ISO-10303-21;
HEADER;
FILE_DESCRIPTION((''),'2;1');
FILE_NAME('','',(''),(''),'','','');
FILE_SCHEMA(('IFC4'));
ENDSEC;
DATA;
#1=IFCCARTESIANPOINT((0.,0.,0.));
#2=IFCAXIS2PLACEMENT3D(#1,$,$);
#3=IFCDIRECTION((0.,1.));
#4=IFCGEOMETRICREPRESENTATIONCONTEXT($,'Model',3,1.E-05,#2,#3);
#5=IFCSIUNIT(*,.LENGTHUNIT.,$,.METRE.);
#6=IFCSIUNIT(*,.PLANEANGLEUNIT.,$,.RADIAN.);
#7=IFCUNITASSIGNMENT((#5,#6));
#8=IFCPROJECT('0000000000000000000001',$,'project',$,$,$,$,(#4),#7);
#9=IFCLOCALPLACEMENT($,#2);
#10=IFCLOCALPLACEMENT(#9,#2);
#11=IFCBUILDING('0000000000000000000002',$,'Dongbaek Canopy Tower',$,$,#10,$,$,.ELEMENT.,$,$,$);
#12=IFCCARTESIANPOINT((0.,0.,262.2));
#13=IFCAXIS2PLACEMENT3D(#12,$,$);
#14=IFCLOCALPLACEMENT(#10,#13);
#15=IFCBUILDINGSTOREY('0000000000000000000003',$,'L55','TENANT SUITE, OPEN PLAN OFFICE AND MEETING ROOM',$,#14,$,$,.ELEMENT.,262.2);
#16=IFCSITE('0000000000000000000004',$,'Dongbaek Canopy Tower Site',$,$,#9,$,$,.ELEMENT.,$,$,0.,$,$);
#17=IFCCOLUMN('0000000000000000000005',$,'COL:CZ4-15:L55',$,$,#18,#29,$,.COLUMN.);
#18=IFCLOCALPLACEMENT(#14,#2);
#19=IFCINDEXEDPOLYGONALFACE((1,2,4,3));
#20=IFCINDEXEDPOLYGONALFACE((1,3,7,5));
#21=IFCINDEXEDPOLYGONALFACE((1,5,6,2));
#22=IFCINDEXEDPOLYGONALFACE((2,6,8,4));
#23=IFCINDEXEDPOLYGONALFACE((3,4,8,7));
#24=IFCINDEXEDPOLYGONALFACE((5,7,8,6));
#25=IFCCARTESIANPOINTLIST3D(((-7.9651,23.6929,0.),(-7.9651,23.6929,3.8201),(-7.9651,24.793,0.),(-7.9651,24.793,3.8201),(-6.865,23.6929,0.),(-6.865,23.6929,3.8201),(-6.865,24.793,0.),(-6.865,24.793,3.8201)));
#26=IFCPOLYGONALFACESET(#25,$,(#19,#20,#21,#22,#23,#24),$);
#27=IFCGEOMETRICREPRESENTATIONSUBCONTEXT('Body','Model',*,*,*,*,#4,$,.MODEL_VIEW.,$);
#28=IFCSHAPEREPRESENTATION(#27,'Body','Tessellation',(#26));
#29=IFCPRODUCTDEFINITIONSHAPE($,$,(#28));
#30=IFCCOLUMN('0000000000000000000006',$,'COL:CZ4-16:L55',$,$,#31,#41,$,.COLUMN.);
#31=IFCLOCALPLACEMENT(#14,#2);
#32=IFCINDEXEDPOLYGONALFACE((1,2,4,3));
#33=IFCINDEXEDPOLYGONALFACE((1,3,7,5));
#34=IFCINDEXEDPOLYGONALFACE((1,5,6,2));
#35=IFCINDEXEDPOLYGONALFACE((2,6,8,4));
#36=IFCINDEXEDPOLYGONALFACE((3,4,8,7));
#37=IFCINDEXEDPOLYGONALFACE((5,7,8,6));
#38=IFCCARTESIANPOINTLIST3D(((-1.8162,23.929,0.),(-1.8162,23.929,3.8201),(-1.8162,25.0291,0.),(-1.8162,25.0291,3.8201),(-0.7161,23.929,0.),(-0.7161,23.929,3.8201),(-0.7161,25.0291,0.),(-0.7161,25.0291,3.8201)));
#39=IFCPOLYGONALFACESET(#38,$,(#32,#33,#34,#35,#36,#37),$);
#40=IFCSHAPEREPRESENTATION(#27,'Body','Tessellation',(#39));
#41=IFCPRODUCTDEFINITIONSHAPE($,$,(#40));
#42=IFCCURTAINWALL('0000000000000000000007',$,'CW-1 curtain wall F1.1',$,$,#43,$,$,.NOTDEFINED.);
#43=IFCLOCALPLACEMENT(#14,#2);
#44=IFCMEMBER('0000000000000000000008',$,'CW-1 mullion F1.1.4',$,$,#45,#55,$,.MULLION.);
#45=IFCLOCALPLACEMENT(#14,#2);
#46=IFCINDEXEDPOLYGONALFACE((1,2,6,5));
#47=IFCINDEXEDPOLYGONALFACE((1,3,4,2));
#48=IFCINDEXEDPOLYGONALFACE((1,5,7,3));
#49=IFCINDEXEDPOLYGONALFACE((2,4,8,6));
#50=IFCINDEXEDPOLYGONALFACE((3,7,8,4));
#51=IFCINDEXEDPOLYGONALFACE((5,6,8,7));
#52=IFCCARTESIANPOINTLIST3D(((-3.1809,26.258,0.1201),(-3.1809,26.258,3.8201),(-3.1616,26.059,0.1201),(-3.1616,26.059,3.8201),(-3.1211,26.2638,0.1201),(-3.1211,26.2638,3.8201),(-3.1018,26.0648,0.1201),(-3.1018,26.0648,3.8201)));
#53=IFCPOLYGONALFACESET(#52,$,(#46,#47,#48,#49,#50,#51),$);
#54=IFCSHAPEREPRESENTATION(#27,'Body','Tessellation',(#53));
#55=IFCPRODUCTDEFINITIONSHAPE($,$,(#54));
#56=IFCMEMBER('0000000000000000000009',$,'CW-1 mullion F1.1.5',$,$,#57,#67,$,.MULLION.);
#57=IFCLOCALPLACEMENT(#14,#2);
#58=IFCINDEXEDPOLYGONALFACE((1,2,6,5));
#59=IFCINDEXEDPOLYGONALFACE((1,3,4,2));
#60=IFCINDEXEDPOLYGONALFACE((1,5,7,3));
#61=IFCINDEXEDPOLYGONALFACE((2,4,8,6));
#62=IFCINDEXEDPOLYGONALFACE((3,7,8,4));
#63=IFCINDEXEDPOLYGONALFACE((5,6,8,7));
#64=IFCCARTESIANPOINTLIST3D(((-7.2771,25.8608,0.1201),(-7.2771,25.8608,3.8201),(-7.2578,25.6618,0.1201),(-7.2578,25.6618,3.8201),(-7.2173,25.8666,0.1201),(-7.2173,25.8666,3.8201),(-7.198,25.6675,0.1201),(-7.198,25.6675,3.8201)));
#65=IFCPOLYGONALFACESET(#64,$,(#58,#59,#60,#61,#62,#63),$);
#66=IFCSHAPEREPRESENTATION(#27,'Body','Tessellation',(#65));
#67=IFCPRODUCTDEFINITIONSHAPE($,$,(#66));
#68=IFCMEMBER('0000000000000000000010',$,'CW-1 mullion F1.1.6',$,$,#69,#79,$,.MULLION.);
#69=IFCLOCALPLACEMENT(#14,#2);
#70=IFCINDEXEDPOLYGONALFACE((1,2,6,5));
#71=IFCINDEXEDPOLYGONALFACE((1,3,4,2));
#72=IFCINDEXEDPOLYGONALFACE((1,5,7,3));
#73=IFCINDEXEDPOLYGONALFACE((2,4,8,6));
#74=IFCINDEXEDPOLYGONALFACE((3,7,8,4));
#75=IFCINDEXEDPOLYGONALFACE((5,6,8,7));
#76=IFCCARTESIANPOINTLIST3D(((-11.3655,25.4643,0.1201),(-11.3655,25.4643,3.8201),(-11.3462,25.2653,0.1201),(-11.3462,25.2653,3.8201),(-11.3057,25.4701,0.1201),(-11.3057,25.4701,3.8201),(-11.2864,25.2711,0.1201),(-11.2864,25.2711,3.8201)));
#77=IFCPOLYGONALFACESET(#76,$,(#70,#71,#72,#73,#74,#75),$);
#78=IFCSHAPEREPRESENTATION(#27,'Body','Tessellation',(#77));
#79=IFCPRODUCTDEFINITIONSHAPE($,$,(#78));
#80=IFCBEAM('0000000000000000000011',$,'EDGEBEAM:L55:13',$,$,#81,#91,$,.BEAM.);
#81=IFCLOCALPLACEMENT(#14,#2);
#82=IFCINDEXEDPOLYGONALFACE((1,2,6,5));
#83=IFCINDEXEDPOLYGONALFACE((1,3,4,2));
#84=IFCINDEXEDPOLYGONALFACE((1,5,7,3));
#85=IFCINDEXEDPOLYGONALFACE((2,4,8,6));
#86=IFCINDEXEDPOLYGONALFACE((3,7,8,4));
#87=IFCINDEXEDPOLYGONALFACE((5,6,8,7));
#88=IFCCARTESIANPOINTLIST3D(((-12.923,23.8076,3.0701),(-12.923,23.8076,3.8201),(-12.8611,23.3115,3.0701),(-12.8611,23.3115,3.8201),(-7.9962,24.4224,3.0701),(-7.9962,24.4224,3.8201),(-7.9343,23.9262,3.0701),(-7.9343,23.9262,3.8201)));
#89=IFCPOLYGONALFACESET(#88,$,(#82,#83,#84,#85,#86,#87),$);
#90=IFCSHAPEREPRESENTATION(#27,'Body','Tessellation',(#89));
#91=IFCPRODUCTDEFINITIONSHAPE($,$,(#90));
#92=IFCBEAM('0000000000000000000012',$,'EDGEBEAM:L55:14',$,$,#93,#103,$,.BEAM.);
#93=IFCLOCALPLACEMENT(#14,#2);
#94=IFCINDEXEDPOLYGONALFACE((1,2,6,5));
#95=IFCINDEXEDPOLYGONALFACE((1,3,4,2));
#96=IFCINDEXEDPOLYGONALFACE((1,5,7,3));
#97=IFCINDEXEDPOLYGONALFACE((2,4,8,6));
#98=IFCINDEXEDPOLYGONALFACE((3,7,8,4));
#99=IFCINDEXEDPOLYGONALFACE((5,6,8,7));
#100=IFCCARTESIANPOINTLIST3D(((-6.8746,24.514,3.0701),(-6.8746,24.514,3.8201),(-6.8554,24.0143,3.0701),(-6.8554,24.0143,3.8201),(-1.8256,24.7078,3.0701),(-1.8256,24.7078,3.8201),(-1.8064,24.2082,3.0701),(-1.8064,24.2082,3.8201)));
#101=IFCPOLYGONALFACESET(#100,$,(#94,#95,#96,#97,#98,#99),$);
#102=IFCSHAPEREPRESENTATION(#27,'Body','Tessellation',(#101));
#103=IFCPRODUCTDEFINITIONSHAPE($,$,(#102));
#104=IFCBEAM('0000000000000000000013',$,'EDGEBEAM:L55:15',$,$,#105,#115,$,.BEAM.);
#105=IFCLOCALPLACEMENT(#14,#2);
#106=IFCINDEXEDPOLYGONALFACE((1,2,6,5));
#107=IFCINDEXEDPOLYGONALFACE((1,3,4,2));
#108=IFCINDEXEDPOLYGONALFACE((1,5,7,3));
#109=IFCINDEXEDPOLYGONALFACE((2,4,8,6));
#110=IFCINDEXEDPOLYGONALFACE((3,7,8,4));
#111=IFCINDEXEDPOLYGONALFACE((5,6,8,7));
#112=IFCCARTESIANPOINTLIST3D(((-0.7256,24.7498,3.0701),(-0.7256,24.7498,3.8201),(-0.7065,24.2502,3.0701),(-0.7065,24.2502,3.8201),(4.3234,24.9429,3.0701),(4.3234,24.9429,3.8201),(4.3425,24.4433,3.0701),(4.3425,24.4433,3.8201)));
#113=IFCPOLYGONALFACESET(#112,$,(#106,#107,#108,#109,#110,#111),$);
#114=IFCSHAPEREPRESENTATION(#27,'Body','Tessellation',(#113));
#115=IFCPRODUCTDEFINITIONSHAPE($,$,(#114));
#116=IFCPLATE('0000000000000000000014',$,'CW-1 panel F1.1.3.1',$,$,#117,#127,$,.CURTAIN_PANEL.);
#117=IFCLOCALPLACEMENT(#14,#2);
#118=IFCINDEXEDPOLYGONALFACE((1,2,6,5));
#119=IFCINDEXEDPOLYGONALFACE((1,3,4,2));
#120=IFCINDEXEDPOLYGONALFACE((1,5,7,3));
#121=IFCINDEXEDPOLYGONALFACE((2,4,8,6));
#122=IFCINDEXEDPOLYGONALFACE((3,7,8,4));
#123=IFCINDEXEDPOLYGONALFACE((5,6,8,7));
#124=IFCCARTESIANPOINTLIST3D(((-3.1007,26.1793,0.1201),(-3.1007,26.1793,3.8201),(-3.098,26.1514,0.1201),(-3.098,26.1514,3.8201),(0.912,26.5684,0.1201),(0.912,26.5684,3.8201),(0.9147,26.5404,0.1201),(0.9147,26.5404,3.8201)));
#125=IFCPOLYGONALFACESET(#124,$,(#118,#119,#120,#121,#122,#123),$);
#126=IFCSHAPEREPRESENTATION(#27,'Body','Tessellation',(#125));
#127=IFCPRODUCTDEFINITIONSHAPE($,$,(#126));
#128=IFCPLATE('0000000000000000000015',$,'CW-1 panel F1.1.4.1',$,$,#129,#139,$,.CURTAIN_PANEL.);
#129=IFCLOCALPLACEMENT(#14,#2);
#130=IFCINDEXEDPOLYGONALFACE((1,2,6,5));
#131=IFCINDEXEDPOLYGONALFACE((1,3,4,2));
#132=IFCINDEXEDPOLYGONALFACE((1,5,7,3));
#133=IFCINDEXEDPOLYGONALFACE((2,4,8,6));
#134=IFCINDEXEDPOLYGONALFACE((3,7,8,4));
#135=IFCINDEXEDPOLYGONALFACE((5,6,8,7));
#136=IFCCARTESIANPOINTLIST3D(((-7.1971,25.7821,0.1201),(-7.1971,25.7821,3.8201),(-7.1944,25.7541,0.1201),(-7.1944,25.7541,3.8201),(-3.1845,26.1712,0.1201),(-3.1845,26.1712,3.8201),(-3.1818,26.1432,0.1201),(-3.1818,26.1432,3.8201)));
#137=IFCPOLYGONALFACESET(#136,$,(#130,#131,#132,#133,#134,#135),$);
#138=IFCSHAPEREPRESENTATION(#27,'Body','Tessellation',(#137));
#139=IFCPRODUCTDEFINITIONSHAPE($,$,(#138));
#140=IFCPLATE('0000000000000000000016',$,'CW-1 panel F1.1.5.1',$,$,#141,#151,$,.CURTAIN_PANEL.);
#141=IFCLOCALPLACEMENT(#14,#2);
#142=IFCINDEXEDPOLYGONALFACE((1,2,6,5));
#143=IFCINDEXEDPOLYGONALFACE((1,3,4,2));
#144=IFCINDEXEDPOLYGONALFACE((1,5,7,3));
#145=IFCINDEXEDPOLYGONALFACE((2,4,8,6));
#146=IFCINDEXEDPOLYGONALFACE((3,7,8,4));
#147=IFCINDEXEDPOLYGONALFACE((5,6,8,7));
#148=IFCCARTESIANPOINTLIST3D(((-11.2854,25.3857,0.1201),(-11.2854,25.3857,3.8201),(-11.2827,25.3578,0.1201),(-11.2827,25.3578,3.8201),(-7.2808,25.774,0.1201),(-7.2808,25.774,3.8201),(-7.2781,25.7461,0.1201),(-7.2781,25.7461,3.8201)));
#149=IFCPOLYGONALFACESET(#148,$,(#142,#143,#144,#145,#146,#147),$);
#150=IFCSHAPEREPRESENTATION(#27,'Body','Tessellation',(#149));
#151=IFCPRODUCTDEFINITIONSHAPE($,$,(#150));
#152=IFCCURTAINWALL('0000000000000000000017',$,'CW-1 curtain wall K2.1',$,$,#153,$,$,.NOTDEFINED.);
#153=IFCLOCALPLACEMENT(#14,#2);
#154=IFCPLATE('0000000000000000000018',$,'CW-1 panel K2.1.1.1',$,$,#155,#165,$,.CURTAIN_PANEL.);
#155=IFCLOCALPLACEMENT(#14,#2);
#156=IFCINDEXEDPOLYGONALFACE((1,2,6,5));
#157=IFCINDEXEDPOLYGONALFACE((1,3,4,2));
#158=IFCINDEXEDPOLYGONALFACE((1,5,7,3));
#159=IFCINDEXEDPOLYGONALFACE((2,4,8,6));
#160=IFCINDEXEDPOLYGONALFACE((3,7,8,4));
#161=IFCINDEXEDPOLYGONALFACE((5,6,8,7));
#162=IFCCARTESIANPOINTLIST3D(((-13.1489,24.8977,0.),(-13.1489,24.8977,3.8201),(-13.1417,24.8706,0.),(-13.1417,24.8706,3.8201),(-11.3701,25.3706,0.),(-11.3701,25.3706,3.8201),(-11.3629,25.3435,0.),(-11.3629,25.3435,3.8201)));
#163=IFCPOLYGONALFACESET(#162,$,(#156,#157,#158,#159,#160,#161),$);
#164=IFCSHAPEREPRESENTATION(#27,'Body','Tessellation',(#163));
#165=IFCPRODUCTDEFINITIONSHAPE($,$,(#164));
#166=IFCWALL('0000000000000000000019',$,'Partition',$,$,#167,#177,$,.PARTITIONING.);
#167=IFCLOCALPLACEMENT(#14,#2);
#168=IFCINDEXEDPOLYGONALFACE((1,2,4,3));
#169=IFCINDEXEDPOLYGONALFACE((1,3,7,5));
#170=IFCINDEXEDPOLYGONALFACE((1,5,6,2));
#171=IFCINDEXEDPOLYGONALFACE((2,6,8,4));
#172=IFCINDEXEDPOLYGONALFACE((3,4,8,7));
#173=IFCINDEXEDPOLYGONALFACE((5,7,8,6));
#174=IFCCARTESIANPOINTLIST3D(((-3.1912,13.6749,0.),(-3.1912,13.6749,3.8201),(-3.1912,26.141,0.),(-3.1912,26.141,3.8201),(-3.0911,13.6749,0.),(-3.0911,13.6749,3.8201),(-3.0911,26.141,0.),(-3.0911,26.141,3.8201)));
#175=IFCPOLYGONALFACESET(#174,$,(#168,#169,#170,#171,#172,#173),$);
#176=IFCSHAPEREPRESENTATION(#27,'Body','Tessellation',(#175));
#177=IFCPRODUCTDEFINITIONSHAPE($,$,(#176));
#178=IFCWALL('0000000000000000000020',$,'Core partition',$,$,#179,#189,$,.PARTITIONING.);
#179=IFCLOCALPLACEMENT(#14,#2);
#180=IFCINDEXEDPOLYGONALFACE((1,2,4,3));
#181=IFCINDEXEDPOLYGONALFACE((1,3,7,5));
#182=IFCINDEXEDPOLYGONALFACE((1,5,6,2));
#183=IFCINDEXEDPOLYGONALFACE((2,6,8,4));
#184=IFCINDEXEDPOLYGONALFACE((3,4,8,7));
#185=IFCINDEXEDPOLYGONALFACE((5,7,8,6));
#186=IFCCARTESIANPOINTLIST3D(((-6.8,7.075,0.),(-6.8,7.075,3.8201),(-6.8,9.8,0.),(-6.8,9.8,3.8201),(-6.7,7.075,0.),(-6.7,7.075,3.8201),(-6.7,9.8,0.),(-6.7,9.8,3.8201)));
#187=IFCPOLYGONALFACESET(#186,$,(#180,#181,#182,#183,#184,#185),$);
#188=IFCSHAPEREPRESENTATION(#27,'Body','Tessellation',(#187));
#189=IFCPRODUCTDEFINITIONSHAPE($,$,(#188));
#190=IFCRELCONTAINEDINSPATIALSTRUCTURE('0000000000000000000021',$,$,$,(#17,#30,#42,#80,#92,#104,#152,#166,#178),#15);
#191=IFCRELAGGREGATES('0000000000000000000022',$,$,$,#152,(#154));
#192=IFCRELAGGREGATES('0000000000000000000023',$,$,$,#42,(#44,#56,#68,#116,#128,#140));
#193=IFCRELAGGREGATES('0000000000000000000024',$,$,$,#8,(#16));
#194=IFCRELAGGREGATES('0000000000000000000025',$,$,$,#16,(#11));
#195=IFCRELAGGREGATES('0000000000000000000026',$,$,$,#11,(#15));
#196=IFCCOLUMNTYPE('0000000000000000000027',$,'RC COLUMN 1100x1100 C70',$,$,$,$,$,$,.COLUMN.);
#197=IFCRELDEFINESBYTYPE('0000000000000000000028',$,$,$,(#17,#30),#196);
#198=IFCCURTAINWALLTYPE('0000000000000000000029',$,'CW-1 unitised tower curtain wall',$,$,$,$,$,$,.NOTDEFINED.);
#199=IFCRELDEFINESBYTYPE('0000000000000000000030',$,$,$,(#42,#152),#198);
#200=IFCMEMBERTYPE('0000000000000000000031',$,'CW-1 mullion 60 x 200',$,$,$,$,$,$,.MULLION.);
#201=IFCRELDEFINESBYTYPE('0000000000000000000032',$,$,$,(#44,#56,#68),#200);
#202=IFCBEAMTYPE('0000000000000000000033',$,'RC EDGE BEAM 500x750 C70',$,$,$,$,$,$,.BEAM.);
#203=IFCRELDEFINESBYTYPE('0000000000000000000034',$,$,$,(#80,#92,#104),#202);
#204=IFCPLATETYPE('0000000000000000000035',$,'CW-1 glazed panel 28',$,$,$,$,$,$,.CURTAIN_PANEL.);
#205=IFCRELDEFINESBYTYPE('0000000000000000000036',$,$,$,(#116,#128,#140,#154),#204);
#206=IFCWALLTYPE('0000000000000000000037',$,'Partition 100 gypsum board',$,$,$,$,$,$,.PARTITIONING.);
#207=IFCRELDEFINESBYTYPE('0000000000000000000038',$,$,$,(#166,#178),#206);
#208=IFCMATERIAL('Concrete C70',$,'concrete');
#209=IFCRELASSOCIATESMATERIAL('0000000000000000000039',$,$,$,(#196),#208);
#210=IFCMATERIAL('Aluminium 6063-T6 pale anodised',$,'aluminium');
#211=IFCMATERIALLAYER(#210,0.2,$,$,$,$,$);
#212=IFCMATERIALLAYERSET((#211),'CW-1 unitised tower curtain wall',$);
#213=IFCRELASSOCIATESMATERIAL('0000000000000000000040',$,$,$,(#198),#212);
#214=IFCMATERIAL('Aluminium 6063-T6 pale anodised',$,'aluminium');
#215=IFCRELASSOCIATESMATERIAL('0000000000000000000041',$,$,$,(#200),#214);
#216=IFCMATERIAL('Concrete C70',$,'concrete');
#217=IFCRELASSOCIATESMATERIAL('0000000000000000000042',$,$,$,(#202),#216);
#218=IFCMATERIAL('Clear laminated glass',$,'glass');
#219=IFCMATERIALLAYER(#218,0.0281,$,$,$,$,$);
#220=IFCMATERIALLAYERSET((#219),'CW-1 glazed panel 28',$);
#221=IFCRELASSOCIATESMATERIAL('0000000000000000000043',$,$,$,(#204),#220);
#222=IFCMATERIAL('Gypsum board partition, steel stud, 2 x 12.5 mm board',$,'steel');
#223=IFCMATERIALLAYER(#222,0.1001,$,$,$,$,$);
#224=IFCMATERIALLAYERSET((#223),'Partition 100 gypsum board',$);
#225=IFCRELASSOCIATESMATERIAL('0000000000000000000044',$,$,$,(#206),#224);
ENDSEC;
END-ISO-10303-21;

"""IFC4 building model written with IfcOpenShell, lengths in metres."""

from ifc_helpers import new_model, si_unit, direction, frame, frame_2d, origin, origin_2d, place, context, subcontext, project, spatial, rectangle, extrude, material, layer, layer_set, material_profile, profile_set, type_object, element, aggregate, save


model = new_model("IFC4")

# Units and contexts
model_context = context("Model", 3, precision=1e-05, world=origin(), true_north=direction((0.0, 1.0)))
body_context = subcontext(model_context, "Body", "Model", "MODEL_VIEW")
ifc_project = project(units=[si_unit("LENGTHUNIT", "METRE"), si_unit("PLANEANGLEUNIT", "RADIAN")], contexts=[model_context])

# Site, building, storey
site_placement = place(None, origin())
site = spatial("IfcSite", under=ifc_project, at=site_placement, Name="Dongbaek Canopy Tower Site", CompositionType="ELEMENT", RefElevation=0.0)
building_placement = place(site_placement, origin())
building = spatial("IfcBuilding", under=site, at=building_placement, Name="Dongbaek Canopy Tower", CompositionType="ELEMENT")
storey_placement = place(building_placement, frame((0.0, 0.0, 262.2)))
storey = spatial("IfcBuildingStorey", under=building, at=storey_placement, Name="L55", Description="TENANT SUITE, OPEN PLAN OFFICE AND MEETING ROOM", CompositionType="ELEMENT", Elevation=262.2)

# Columns
ifc_material_1 = material(Name="Concrete C70", Category="concrete")
ifc_material_profile_1 = material_profile(ifc_material_1, rectangle(XDim=1.1001, YDim=1.1001, at=origin_2d()), Name="RC COLUMN 1100x1100 C70")
ifc_profile_set_1 = profile_set([ifc_material_profile_1], Name="Concrete C70")
column_type = type_object("IfcColumnType", Name="RC COLUMN 1100x1100 C70", PredefinedType="COLUMN", material=ifc_profile_set_1)
for number, where, z_axis, x_axis, name in (
    (1, (-7.415, 24.2429, 0.0), (0.0, 0.0, 1.0), (1.0, 0.0, 0.0), "COL:CZ4-15:L55"),
    (2, (-1.2661, 24.479, 0.0), (0.0, 0.0, 1.0), (1.0, 0.0, 0.0), "COL:CZ4-16:L55"),
):
    element("IfcColumn", number, at=place(storey_placement, frame(where, z_axis=z_axis, x_axis=x_axis)), inside=storey, type_object=column_type, Name=name, PredefinedType="COLUMN", context=body_context, shape_type="SweptSolid", body=[
        extrude(rectangle(XDim=1.1001, YDim=1.1001, at=origin_2d()), origin(), (0.0, 0.0, 1.0), 3.8201),
    ])

# Curtain wall, members
ifc_material_2 = material(Name="Aluminium 6063-T6 pale anodised", Category="aluminium")
ifc_layer_1 = layer(ifc_material_2, 0.2)
ifc_layer_set_1 = layer_set([ifc_layer_1], Name="CW-1 unitised tower curtain wall")
curtain_wall_type = type_object("IfcCurtainWallType", Name="CW-1 unitised tower curtain wall", PredefinedType="NOTDEFINED", material=ifc_layer_set_1)
curtain_wall_1_placement = place(storey_placement, origin())
curtain_wall_1 = element("IfcCurtainWall", 3, at=curtain_wall_1_placement, inside=storey, type_object=curtain_wall_type, Name="CW-1 curtain wall F1.1", PredefinedType="NOTDEFINED")
ifc_material_3 = material(Name="Aluminium 6063-T6 pale anodised", Category="aluminium")
ifc_material_profile_2 = material_profile(ifc_material_3, rectangle(XDim=0.2, YDim=0.0601, at=origin_2d()), Name="CW-1 mullion 60 x 200")
ifc_profile_set_2 = profile_set([ifc_material_profile_2], Name="Aluminium 6063-T6 pale anodised")
member_type = type_object("IfcMemberType", Name="CW-1 mullion 60 x 200", PredefinedType="MULLION", material=ifc_profile_set_2)
member_1_placement = place(storey_placement, frame((-3.1414, 26.1614, 0.1201), z_axis=(0.0, 0.0, 1.0), x_axis=(-0.096506, 0.995332, 0.0)))
member_1 = element("IfcMember", 4, at=member_1_placement, type_object=member_type, Name="CW-1 mullion F1.1.4", PredefinedType="MULLION", context=body_context, shape_type="SweptSolid", body=[
    extrude(rectangle(XDim=0.2, YDim=0.0601, at=origin_2d()), origin(), (0.0, 0.0, 1.0), 3.7),
])
member_2_placement = place(storey_placement, frame((-7.2375, 25.7642, 0.1201), z_axis=(0.0, 0.0, 1.0), x_axis=(-0.096506, 0.995332, 0.0)))
member_2 = element("IfcMember", 5, at=member_2_placement, type_object=member_type, Name="CW-1 mullion F1.1.5", PredefinedType="MULLION", context=body_context, shape_type="SweptSolid", body=[
    extrude(rectangle(XDim=0.2, YDim=0.0601, at=origin_2d()), origin(), (0.0, 0.0, 1.0), 3.7),
])
member_3_placement = place(storey_placement, frame((-11.3259, 25.3677, 0.1201), z_axis=(0.0, 0.0, 1.0), x_axis=(-0.096506, 0.995332, 0.0)))
member_3 = element("IfcMember", 6, at=member_3_placement, type_object=member_type, Name="CW-1 mullion F1.1.6", PredefinedType="MULLION", context=body_context, shape_type="SweptSolid", body=[
    extrude(rectangle(XDim=0.2, YDim=0.0601, at=origin_2d()), origin(), (0.0, 0.0, 1.0), 3.7),
])

# Beams
ifc_material_4 = material(Name="Concrete C70", Category="concrete")
ifc_material_profile_3 = material_profile(ifc_material_4, rectangle(XDim=0.5, YDim=0.75, at=origin_2d()), Name="RC EDGE BEAM 500x750 C70")
ifc_profile_set_3 = profile_set([ifc_material_profile_3], Name="Concrete C70")
beam_type = type_object("IfcBeamType", Name="RC EDGE BEAM 500x750 C70", PredefinedType="BEAM", material=ifc_profile_set_3)
beam_placement = place(storey_placement, frame((-12.8921, 23.5596, 3.4451), z_axis=(0.992306, 0.123811, 0.0), x_axis=(-0.123811, 0.992306, 0.0)))
element("IfcBeam", 7, at=beam_placement, inside=storey, type_object=beam_type, Name="EDGEBEAM:L55:13", PredefinedType="BEAM", context=body_context, shape_type="SweptSolid", body=[
    extrude(rectangle(XDim=0.5, YDim=0.75, at=origin_2d()), origin(), (0.0, 0.0, 1.0), 4.9651),
])
for number, where, z_axis, x_axis, name in (
    (8, (-6.865, 24.2642, 3.4451), (0.999264, 0.038364, 0.0), (-0.038364, 0.999264, 0.0), "EDGEBEAM:L55:14"),
    (9, (-0.7161, 24.5, 3.4451), (0.999269, 0.03822, 0.0), (-0.03822, 0.999269, 0.0), "EDGEBEAM:L55:15"),
):
    element("IfcBeam", number, at=place(storey_placement, frame(where, z_axis=z_axis, x_axis=x_axis)), inside=storey, type_object=beam_type, Name=name, PredefinedType="BEAM", context=body_context, shape_type="SweptSolid", body=[
        extrude(rectangle(XDim=0.5, YDim=0.75, at=origin_2d()), origin(), (0.0, 0.0, 1.0), 5.0527),
    ])

# Plates
ifc_material_5 = material(Name="Clear laminated glass", Category="glass")
ifc_layer_2 = layer(ifc_material_5, 0.0281)
ifc_layer_set_2 = layer_set([ifc_layer_2], Name="CW-1 glazed panel 28")
plate_type = type_object("IfcPlateType", Name="CW-1 glazed panel 28", PredefinedType="CURTAIN_PANEL", material=ifc_layer_set_2)
plate_1_placement = place(storey_placement, frame((-1.093, 26.3599, 0.1201), z_axis=(0.0, 0.0, 1.0), x_axis=(-0.995332, -0.096506, 0.0)))
plate_1 = element("IfcPlate", 10, at=plate_1_placement, type_object=plate_type, Name="CW-1 panel F1.1.3.1", PredefinedType="CURTAIN_PANEL", context=body_context, shape_type="SweptSolid", body=[
    extrude(rectangle(XDim=4.0315, YDim=0.0281, at=origin_2d()), origin(), (0.0, 0.0, 1.0), 3.7),
])
plate_2_placement = place(storey_placement, frame((-5.1895, 25.9626, 0.1201), z_axis=(0.0, 0.0, 1.0), x_axis=(-0.995332, -0.096506, 0.0)))
plate_2 = element("IfcPlate", 11, at=plate_2_placement, type_object=plate_type, Name="CW-1 panel F1.1.4.1", PredefinedType="CURTAIN_PANEL", context=body_context, shape_type="SweptSolid", body=[
    extrude(rectangle(XDim=4.0315, YDim=0.0281, at=origin_2d()), origin(), (0.0, 0.0, 1.0), 3.7),
])
plate_3_placement = place(storey_placement, frame((-9.2817, 25.5659, 0.1201), z_axis=(0.0, 0.0, 1.0), x_axis=(-0.995332, -0.096506, 0.0)))
plate_3 = element("IfcPlate", 12, at=plate_3_placement, type_object=plate_type, Name="CW-1 panel F1.1.5.1", PredefinedType="CURTAIN_PANEL", context=body_context, shape_type="SweptSolid", body=[
    extrude(rectangle(XDim=4.0234, YDim=0.0281, at=origin_2d()), origin(), (0.0, 0.0, 1.0), 3.7),
])

# Curtain wall, plate
curtain_wall_2_placement = place(storey_placement, origin())
curtain_wall_2 = element("IfcCurtainWall", 13, at=curtain_wall_2_placement, inside=storey, type_object=curtain_wall_type, Name="CW-1 curtain wall K2.1", PredefinedType="NOTDEFINED")
plate_4_placement = place(storey_placement, frame((-12.2559, 25.1206, 0.0), z_axis=(0.0, 0.0, 1.0), x_axis=(-0.966438, -0.256901, 0.0)))
plate_4 = element("IfcPlate", 14, at=plate_4_placement, type_object=plate_type, Name="CW-1 panel K2.1.1.1", PredefinedType="CURTAIN_PANEL", context=body_context, shape_type="SweptSolid", body=[
    extrude(rectangle(XDim=1.8406, YDim=0.0281, at=origin_2d()), origin(), (0.0, 0.0, 1.0), 3.8201),
])
aggregate(curtain_wall_2, [plate_4])

# Walls
ifc_material_6 = material(Name="Gypsum board partition, steel stud, 2 x 12.5 mm board", Category="steel")
ifc_layer_3 = layer(ifc_material_6, 0.1001)
ifc_layer_set_3 = layer_set([ifc_layer_3], Name="Partition 100 gypsum board")
wall_type = type_object("IfcWallType", Name="Partition 100 gypsum board", PredefinedType="PARTITIONING", material=ifc_layer_set_3)
wall_1_placement = place(storey_placement, frame((-3.1411, 13.675, 0.0), z_axis=(0.0, 0.0, 1.0), x_axis=(0.0, 1.0, 0.0)))
element("IfcWall", 15, at=wall_1_placement, inside=storey, type_object=wall_type, Name="Partition", PredefinedType="PARTITIONING", context=body_context, shape_type="SweptSolid", body=[
    extrude(rectangle(XDim=12.4661, YDim=0.1001, at=frame_2d((6.2329, 0.0))), origin(), (0.0, 0.0, 1.0), 3.8201),
])
wall_2_placement = place(storey_placement, frame((-6.75, 7.075, 0.0), z_axis=(0.0, 0.0, 1.0), x_axis=(0.0, 1.0, 0.0)))
element("IfcWall", 16, at=wall_2_placement, inside=storey, type_object=wall_type, Name="Core partition", PredefinedType="PARTITIONING", context=body_context, shape_type="SweptSolid", body=[
    extrude(rectangle(XDim=2.7251, YDim=0.1001, at=frame_2d((1.3625, 0.0))), origin(), (0.0, 0.0, 1.0), 3.8201),
])

aggregate(curtain_wall_1, [member_1, member_2, member_3, plate_1, plate_2, plate_3])

save(model, "model.ifc")
